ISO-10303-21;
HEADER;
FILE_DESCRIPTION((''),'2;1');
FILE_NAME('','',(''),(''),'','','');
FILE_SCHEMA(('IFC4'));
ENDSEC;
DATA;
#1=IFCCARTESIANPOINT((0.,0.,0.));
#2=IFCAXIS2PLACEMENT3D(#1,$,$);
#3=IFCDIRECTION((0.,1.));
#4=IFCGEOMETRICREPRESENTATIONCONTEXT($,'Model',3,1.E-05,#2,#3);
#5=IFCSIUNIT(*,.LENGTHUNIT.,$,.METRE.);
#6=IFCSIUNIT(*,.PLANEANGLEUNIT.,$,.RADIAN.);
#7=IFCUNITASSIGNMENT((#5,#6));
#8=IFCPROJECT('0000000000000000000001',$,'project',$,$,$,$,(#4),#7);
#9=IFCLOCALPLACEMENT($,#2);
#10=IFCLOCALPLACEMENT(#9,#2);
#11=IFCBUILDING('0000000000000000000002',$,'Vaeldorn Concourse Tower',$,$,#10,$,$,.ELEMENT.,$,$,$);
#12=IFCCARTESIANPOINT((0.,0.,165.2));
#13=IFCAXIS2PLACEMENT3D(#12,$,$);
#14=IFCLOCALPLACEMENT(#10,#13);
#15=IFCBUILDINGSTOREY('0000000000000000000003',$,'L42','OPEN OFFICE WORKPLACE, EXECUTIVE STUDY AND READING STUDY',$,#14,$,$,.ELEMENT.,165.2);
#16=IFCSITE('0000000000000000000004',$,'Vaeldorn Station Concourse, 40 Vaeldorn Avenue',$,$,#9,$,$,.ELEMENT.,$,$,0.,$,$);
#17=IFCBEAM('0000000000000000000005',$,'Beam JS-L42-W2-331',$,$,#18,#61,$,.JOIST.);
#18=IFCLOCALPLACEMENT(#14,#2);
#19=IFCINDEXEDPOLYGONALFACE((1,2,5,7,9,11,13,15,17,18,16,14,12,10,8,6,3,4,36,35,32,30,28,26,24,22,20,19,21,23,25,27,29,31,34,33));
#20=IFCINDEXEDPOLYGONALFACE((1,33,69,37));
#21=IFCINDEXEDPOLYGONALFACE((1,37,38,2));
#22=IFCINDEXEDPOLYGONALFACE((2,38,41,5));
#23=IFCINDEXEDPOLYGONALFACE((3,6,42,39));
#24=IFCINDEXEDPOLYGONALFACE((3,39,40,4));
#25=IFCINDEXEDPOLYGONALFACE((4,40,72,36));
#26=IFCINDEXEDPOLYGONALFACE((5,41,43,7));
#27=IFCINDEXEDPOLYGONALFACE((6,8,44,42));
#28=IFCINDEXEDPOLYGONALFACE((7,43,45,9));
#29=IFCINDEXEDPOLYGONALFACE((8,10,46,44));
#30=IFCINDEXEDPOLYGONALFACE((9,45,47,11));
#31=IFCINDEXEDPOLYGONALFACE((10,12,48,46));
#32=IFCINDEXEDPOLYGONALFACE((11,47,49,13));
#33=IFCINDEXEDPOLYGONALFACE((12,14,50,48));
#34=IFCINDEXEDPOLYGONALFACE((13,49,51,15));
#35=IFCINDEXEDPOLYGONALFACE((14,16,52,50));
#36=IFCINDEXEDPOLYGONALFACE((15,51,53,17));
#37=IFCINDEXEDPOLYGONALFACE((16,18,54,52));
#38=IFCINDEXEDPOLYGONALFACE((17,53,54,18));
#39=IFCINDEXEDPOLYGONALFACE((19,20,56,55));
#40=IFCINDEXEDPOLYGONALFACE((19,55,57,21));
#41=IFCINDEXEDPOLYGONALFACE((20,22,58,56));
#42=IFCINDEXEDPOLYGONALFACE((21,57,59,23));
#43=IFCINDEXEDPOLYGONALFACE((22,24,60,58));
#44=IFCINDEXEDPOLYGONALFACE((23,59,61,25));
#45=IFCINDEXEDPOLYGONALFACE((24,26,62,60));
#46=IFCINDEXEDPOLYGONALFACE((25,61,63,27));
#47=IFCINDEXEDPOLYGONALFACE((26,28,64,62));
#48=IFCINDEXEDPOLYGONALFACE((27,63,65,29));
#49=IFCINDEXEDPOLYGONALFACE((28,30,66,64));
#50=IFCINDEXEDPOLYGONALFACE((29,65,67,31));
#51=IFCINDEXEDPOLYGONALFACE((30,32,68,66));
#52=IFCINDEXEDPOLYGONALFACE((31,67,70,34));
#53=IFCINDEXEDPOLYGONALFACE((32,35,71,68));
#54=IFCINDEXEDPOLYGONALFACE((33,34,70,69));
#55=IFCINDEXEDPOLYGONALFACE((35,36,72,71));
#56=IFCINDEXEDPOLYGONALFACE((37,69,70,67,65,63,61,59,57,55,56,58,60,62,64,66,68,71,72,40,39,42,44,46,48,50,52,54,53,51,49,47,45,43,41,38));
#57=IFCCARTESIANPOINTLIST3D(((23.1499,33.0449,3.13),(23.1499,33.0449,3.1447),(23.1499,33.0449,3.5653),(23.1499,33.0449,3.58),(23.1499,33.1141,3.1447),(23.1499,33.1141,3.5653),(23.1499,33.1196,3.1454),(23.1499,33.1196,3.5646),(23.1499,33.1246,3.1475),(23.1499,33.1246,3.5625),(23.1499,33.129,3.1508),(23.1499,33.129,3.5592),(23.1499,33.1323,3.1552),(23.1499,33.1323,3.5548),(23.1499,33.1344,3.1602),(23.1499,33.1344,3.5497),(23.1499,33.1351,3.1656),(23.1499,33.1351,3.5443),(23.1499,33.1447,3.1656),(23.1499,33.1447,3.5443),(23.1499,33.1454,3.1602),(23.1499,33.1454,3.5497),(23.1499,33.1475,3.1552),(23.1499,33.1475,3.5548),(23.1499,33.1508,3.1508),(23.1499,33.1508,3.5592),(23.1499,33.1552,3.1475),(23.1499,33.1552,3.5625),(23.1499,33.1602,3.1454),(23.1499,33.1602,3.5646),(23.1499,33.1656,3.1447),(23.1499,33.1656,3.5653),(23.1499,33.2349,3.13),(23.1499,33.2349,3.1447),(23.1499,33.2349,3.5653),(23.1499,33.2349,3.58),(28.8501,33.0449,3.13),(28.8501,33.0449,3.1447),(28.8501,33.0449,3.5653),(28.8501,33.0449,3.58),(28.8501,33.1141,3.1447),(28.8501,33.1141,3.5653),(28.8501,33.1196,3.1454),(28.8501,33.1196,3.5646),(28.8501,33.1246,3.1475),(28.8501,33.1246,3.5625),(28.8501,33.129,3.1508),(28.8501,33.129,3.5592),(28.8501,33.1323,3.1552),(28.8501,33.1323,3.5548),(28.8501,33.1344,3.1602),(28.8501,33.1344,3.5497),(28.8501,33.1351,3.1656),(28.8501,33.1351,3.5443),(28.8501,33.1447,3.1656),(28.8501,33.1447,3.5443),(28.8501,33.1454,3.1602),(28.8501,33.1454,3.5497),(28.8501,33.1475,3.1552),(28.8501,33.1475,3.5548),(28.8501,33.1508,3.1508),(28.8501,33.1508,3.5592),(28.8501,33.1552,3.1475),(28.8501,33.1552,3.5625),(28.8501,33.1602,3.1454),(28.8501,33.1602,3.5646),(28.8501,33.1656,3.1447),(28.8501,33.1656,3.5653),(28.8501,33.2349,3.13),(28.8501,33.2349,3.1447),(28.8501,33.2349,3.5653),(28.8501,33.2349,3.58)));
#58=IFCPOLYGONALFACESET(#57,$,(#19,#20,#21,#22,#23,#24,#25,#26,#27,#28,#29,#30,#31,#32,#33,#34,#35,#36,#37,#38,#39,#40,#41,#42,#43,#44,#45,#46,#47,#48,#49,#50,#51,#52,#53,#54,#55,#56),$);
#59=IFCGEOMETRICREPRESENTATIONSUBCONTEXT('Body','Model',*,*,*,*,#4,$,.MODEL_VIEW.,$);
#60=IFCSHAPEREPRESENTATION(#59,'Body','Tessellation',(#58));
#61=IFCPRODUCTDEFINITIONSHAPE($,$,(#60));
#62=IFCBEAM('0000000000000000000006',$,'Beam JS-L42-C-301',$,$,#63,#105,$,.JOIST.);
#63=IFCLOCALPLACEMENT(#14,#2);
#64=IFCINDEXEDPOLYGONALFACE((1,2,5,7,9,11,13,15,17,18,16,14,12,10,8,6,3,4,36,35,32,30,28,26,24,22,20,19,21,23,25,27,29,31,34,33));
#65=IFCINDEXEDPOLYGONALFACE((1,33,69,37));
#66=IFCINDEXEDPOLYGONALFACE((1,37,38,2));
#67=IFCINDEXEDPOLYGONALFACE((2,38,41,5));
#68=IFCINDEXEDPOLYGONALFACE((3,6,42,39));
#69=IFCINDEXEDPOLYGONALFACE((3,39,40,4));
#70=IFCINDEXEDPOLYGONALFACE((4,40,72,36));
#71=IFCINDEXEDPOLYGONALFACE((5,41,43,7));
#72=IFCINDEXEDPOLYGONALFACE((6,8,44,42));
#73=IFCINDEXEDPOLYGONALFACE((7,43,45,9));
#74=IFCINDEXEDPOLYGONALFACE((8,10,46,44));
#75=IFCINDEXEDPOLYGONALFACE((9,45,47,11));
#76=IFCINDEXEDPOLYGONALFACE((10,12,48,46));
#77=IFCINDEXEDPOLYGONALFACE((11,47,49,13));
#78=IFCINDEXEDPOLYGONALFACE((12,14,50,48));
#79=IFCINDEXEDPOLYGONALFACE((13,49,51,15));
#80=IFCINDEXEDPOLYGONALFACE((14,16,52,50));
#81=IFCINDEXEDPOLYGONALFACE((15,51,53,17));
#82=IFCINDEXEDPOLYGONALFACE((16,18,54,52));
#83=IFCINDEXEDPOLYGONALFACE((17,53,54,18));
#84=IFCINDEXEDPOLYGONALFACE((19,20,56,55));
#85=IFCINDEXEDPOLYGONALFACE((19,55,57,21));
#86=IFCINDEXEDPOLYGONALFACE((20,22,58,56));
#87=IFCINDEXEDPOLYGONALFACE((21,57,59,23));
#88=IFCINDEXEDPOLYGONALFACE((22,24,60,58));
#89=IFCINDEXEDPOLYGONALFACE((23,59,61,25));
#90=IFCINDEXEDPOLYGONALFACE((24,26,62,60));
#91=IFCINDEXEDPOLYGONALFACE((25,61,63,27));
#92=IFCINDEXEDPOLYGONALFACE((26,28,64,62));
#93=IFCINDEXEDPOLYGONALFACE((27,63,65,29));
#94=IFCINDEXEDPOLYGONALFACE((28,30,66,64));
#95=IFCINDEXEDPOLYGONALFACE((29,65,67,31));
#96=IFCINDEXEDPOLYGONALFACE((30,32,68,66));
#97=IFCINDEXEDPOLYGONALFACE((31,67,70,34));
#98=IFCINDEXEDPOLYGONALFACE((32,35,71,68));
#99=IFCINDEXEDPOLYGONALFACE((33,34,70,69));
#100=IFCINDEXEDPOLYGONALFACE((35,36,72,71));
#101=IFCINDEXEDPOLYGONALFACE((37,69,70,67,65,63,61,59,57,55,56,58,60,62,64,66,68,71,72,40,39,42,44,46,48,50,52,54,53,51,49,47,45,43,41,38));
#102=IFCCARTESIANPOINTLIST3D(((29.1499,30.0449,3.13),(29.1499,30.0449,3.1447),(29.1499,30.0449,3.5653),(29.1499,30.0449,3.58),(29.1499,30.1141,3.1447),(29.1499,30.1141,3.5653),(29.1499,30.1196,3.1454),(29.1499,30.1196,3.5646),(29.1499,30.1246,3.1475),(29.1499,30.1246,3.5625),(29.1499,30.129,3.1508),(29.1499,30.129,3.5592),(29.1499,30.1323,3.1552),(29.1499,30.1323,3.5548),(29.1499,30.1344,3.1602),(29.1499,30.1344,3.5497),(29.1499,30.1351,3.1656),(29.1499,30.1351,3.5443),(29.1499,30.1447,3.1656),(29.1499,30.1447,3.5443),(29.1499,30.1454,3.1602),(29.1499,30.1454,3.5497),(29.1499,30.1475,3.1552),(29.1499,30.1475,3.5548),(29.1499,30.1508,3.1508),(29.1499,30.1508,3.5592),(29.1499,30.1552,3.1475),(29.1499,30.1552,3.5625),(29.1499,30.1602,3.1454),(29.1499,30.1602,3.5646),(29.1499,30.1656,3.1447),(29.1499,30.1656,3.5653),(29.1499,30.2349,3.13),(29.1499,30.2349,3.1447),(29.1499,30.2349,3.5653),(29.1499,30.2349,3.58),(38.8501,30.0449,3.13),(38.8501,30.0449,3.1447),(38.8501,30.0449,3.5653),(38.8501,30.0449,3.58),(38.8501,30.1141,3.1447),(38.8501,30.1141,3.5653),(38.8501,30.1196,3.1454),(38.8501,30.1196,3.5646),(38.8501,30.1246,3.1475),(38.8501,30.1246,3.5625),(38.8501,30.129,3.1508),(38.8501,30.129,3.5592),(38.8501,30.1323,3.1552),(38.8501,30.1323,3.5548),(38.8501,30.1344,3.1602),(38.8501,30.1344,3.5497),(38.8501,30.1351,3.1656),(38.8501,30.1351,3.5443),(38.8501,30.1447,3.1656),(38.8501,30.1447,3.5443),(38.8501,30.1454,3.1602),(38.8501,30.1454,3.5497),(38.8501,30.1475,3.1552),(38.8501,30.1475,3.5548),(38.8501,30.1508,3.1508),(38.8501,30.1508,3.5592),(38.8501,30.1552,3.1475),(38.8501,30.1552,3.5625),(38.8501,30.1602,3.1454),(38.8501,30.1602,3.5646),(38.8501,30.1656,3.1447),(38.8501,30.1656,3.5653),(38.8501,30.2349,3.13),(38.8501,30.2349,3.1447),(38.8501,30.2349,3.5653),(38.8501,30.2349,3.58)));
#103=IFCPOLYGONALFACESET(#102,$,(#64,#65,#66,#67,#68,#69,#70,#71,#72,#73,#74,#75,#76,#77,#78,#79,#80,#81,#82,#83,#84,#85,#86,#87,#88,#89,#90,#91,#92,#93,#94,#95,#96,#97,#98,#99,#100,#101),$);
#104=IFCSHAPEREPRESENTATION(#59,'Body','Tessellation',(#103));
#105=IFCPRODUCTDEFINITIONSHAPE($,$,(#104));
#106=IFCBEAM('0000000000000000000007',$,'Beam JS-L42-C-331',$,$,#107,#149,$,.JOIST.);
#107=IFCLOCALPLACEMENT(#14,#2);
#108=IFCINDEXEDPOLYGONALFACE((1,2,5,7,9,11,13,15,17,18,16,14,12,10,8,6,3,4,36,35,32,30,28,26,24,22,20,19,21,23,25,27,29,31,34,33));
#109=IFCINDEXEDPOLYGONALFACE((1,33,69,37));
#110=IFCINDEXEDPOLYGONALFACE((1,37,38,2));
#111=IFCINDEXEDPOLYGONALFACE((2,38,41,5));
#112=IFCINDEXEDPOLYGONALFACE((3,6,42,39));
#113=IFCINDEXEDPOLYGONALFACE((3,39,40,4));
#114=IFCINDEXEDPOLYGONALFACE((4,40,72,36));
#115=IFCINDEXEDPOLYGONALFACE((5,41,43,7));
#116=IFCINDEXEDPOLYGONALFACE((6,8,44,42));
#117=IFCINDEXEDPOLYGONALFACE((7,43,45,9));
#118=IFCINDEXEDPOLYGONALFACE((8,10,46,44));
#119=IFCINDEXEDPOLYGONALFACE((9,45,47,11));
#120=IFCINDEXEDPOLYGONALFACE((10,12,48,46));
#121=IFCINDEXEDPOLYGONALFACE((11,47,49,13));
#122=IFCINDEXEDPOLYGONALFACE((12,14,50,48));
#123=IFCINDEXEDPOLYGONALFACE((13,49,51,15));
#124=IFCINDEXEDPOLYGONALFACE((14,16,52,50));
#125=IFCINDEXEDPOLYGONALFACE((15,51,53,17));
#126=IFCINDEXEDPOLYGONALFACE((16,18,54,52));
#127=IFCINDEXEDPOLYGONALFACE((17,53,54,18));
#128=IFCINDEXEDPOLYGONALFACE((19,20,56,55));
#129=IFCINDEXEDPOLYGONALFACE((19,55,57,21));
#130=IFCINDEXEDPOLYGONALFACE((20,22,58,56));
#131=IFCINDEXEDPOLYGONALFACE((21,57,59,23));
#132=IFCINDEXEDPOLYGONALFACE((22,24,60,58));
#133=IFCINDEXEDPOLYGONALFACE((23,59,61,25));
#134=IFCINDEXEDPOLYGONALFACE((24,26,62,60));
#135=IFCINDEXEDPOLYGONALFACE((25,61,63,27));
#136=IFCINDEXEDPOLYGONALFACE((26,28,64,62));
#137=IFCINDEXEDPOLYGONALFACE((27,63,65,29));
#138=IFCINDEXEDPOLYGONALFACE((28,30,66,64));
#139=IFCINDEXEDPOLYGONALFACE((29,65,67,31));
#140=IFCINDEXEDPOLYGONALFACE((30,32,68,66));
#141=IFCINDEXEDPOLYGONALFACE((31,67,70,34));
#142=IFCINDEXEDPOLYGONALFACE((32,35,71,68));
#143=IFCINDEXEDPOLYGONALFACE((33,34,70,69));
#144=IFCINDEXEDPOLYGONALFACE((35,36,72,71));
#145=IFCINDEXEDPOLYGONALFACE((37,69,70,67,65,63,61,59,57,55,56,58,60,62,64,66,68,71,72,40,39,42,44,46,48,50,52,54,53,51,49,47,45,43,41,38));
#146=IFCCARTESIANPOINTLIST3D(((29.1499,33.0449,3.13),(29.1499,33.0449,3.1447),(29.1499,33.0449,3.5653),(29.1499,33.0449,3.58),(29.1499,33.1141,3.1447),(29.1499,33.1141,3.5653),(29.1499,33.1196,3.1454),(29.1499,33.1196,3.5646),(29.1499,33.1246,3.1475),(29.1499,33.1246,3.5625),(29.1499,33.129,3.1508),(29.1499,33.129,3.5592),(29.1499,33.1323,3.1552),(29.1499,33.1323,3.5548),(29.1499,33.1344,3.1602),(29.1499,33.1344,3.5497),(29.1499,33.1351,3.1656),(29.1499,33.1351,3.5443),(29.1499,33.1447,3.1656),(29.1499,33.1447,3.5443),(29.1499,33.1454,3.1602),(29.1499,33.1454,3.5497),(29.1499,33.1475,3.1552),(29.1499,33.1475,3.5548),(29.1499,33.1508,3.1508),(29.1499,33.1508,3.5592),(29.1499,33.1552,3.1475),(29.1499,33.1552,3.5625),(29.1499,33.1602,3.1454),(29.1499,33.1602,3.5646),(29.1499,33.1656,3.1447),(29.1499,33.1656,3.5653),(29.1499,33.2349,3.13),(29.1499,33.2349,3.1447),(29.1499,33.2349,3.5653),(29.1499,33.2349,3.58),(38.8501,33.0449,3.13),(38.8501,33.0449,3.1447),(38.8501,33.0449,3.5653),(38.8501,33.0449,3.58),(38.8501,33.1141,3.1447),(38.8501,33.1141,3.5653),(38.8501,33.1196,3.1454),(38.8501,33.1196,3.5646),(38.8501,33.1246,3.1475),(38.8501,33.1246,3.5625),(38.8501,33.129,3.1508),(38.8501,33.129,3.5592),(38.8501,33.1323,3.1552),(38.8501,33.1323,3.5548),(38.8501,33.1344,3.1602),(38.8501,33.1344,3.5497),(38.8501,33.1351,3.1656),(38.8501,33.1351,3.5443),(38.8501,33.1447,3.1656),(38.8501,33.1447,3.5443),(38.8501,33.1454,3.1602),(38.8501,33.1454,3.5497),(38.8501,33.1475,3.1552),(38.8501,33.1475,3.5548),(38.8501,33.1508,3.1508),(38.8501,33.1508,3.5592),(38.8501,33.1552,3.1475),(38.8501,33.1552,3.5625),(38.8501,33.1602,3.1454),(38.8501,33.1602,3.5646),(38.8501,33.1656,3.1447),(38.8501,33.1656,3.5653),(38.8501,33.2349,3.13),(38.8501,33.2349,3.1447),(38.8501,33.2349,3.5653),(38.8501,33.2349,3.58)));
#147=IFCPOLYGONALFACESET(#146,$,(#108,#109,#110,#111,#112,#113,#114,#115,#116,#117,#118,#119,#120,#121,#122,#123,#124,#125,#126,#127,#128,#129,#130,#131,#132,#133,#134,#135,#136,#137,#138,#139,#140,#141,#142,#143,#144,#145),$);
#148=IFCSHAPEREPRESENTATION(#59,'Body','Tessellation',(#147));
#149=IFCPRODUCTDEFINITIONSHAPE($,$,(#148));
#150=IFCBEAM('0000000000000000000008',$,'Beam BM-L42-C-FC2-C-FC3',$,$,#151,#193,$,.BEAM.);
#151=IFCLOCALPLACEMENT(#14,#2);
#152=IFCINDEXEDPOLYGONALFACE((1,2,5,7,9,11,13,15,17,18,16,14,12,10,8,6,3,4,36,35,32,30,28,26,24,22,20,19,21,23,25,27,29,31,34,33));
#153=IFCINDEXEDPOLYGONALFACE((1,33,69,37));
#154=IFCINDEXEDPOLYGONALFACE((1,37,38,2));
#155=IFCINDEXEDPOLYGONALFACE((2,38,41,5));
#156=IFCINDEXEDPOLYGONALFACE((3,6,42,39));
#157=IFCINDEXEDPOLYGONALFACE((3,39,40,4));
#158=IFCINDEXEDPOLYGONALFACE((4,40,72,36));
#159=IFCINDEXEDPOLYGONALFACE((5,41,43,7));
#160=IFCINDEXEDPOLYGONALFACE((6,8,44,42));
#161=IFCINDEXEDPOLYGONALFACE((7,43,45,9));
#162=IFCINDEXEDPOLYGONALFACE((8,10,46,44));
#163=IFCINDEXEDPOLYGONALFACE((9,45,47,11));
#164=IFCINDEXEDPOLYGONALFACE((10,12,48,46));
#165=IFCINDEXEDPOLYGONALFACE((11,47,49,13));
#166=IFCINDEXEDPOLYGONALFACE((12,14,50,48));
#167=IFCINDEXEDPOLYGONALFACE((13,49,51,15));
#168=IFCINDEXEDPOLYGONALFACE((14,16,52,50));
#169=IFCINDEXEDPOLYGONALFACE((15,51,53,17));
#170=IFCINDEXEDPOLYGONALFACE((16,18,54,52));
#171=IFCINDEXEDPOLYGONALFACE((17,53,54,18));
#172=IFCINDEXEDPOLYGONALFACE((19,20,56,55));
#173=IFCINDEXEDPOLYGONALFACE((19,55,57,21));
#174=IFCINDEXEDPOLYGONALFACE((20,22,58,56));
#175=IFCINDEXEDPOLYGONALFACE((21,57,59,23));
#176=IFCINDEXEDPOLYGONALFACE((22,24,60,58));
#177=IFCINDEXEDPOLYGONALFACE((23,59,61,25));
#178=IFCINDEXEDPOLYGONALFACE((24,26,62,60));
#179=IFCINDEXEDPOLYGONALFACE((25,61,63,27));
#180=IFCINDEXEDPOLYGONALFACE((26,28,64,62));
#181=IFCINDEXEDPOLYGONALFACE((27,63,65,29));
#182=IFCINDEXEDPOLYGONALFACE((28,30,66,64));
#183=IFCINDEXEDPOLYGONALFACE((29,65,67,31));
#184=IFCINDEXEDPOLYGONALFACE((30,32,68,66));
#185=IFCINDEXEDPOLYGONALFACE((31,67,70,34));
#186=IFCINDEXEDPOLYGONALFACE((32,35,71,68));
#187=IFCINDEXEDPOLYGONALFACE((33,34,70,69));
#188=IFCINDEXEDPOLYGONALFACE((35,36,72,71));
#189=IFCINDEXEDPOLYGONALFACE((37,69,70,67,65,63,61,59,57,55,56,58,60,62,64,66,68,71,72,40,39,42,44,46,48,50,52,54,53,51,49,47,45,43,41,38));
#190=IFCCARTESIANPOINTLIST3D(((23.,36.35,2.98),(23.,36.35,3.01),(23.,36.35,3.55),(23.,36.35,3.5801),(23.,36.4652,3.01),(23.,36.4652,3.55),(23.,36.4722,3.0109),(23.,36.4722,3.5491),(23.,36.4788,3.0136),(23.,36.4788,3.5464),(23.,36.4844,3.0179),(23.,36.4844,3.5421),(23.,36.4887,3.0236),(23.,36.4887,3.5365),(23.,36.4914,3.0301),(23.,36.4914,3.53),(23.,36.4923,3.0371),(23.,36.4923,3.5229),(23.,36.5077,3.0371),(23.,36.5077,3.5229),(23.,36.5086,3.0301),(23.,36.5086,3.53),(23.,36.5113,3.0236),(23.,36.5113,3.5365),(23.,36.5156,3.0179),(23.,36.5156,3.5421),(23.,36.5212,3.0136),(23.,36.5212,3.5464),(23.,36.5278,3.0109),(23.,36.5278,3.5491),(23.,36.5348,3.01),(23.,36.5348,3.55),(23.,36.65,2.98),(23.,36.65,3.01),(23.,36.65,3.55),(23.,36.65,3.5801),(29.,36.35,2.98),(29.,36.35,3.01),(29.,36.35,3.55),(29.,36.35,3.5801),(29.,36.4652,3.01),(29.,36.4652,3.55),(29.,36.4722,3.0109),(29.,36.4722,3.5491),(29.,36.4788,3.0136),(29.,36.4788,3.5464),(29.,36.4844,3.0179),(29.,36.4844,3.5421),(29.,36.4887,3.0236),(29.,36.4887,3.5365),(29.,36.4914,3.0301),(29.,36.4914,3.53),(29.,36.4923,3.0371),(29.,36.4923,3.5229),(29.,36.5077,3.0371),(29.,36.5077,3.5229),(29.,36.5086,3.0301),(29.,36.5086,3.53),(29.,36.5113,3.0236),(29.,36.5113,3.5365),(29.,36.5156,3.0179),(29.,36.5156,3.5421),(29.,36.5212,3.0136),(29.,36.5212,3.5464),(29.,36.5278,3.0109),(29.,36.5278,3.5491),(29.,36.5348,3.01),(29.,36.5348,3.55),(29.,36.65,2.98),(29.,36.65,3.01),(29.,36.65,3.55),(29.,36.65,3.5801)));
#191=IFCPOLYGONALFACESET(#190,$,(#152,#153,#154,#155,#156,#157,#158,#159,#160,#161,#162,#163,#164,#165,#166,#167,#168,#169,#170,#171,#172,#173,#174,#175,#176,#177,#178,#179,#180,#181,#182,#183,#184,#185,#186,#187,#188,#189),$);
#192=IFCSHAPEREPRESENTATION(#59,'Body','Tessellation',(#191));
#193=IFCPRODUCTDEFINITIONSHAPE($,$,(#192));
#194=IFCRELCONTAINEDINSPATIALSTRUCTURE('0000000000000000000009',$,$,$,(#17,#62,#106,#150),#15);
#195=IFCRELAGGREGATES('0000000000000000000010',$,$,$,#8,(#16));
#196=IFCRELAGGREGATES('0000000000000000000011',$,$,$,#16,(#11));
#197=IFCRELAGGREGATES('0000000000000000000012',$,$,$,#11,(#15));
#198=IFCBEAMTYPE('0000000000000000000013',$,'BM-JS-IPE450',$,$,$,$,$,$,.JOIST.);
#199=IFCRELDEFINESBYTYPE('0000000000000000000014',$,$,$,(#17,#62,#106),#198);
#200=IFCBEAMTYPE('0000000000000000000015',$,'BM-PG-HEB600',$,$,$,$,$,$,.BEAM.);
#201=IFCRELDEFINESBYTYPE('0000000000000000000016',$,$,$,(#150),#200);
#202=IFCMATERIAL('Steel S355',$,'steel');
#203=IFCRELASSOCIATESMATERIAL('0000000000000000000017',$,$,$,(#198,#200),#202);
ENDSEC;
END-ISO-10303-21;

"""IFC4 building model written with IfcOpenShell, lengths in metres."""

from ifc_helpers import new_model, si_unit, direction, frame, origin, origin_2d, place, context, subcontext, project, spatial, i_section, extrude, source, transform, mapped, material, material_profile, profile_set, type_object, element, save


model = new_model("IFC4")

# Units and contexts
model_context = context("Model", 3, precision=1e-05, world=origin(), true_north=direction((0.0, 1.0)))
body_context = subcontext(model_context, "Body", "Model", "MODEL_VIEW")
ifc_project = project(units=[si_unit("LENGTHUNIT", "METRE"), si_unit("PLANEANGLEUNIT", "RADIAN")], contexts=[model_context])

# Site, building, storey
site_placement = place(None, origin())
site = spatial("IfcSite", under=ifc_project, at=site_placement, Name="Vaeldorn Station Concourse, 40 Vaeldorn Avenue", CompositionType="ELEMENT", RefElevation=0.0)
building_placement = place(site_placement, origin())
building = spatial("IfcBuilding", under=site, at=building_placement, Name="Vaeldorn Concourse Tower", CompositionType="ELEMENT")
storey_placement = place(building_placement, frame((0.0, 0.0, 165.2)))
storey = spatial("IfcBuildingStorey", under=building, at=storey_placement, Name="L42", Description="OPEN OFFICE WORKPLACE, EXECUTIVE STUDY AND READING STUDY", CompositionType="ELEMENT", Elevation=165.2)

# Beams
ifc_material_1 = material(Name="Steel S355", Category="steel")
ifc_material_profile_1 = material_profile(ifc_material_1, i_section(OverallWidth=0.1899, OverallDepth=0.45, WebThickness=0.0095, FlangeThickness=0.0146, FilletRadius=0.021, at=origin_2d()), Name="IPE 450")
ifc_profile_set_1 = profile_set([ifc_material_profile_1], Name="Steel S355")
beam_type_1 = type_object("IfcBeamType", Name="BM-JS-IPE450", PredefinedType="JOIST", material=ifc_profile_set_1)
shared_shape_1 = source(origin(), body_context, "Body", "SweptSolid", [
    extrude(i_section(OverallWidth=0.1899, OverallDepth=0.45, WebThickness=0.0095, FlangeThickness=0.0146, FilletRadius=0.021, at=origin_2d()), origin(), (0.0, 0.0, 1.0), 5.7002),
])
for number, where, z_axis, x_axis, name in (
    (1, (23.1499, 33.1399, 3.355), (1.0, 0.0, 0.0), (0.0, 1.0, 0.0), "Beam JS-L42-W2-331"),
):
    element("IfcBeam", number, at=place(storey_placement, frame(where, z_axis=z_axis, x_axis=x_axis)), inside=storey, type_object=beam_type_1, Name=name, PredefinedType="JOIST", context=body_context, shape_type="MappedRepresentation", body=[
        mapped(shared_shape_1, transform((0.0, 0.0, 0.0), scale=1.0)),
    ])
shared_shape_2 = source(origin(), body_context, "Body", "SweptSolid", [
    extrude(i_section(OverallWidth=0.1899, OverallDepth=0.45, WebThickness=0.0095, FlangeThickness=0.0146, FilletRadius=0.021, at=origin_2d()), origin(), (0.0, 0.0, 1.0), 9.7002),
])
for number, where, z_axis, x_axis, name in (
    (2, (29.1499, 30.1399, 3.355), (1.0, 0.0, 0.0), (0.0, 1.0, 0.0), "Beam JS-L42-C-301"),
    (3, (29.1499, 33.1399, 3.355), (1.0, 0.0, 0.0), (0.0, 1.0, 0.0), "Beam JS-L42-C-331"),
):
    element("IfcBeam", number, at=place(storey_placement, frame(where, z_axis=z_axis, x_axis=x_axis)), inside=storey, type_object=beam_type_1, Name=name, PredefinedType="JOIST", context=body_context, shape_type="MappedRepresentation", body=[
        mapped(shared_shape_2, transform((0.0, 0.0, 0.0), scale=1.0)),
    ])
ifc_material_profile_2 = material_profile(ifc_material_1, i_section(OverallWidth=0.3, OverallDepth=0.6001, WebThickness=0.0154, FlangeThickness=0.03, FilletRadius=0.0271, at=origin_2d()), Name="HEB 600")
ifc_profile_set_2 = profile_set([ifc_material_profile_2], Name="Steel S355")
beam_type_2 = type_object("IfcBeamType", Name="BM-PG-HEB600", PredefinedType="BEAM", material=ifc_profile_set_2)
shared_shape_3 = source(origin(), body_context, "Body", "SweptSolid", [
    extrude(i_section(OverallWidth=0.3, OverallDepth=0.6001, WebThickness=0.0154, FlangeThickness=0.03, FilletRadius=0.0271, at=origin_2d()), origin(), (0.0, 0.0, 1.0), 6.0),
])
beam_1_placement = place(storey_placement, frame((23.0, 36.5, 3.28), z_axis=(1.0, 0.0, 0.0), x_axis=(0.0, 1.0, 0.0)))
element("IfcBeam", 4, at=beam_1_placement, inside=storey, type_object=beam_type_2, Name="Beam BM-L42-C-FC2-C-FC3", PredefinedType="BEAM", context=body_context, shape_type="MappedRepresentation", body=[
    mapped(shared_shape_3, transform((0.0, 0.0, 0.0), scale=1.0)),
])

save(model, "model.ifc")
